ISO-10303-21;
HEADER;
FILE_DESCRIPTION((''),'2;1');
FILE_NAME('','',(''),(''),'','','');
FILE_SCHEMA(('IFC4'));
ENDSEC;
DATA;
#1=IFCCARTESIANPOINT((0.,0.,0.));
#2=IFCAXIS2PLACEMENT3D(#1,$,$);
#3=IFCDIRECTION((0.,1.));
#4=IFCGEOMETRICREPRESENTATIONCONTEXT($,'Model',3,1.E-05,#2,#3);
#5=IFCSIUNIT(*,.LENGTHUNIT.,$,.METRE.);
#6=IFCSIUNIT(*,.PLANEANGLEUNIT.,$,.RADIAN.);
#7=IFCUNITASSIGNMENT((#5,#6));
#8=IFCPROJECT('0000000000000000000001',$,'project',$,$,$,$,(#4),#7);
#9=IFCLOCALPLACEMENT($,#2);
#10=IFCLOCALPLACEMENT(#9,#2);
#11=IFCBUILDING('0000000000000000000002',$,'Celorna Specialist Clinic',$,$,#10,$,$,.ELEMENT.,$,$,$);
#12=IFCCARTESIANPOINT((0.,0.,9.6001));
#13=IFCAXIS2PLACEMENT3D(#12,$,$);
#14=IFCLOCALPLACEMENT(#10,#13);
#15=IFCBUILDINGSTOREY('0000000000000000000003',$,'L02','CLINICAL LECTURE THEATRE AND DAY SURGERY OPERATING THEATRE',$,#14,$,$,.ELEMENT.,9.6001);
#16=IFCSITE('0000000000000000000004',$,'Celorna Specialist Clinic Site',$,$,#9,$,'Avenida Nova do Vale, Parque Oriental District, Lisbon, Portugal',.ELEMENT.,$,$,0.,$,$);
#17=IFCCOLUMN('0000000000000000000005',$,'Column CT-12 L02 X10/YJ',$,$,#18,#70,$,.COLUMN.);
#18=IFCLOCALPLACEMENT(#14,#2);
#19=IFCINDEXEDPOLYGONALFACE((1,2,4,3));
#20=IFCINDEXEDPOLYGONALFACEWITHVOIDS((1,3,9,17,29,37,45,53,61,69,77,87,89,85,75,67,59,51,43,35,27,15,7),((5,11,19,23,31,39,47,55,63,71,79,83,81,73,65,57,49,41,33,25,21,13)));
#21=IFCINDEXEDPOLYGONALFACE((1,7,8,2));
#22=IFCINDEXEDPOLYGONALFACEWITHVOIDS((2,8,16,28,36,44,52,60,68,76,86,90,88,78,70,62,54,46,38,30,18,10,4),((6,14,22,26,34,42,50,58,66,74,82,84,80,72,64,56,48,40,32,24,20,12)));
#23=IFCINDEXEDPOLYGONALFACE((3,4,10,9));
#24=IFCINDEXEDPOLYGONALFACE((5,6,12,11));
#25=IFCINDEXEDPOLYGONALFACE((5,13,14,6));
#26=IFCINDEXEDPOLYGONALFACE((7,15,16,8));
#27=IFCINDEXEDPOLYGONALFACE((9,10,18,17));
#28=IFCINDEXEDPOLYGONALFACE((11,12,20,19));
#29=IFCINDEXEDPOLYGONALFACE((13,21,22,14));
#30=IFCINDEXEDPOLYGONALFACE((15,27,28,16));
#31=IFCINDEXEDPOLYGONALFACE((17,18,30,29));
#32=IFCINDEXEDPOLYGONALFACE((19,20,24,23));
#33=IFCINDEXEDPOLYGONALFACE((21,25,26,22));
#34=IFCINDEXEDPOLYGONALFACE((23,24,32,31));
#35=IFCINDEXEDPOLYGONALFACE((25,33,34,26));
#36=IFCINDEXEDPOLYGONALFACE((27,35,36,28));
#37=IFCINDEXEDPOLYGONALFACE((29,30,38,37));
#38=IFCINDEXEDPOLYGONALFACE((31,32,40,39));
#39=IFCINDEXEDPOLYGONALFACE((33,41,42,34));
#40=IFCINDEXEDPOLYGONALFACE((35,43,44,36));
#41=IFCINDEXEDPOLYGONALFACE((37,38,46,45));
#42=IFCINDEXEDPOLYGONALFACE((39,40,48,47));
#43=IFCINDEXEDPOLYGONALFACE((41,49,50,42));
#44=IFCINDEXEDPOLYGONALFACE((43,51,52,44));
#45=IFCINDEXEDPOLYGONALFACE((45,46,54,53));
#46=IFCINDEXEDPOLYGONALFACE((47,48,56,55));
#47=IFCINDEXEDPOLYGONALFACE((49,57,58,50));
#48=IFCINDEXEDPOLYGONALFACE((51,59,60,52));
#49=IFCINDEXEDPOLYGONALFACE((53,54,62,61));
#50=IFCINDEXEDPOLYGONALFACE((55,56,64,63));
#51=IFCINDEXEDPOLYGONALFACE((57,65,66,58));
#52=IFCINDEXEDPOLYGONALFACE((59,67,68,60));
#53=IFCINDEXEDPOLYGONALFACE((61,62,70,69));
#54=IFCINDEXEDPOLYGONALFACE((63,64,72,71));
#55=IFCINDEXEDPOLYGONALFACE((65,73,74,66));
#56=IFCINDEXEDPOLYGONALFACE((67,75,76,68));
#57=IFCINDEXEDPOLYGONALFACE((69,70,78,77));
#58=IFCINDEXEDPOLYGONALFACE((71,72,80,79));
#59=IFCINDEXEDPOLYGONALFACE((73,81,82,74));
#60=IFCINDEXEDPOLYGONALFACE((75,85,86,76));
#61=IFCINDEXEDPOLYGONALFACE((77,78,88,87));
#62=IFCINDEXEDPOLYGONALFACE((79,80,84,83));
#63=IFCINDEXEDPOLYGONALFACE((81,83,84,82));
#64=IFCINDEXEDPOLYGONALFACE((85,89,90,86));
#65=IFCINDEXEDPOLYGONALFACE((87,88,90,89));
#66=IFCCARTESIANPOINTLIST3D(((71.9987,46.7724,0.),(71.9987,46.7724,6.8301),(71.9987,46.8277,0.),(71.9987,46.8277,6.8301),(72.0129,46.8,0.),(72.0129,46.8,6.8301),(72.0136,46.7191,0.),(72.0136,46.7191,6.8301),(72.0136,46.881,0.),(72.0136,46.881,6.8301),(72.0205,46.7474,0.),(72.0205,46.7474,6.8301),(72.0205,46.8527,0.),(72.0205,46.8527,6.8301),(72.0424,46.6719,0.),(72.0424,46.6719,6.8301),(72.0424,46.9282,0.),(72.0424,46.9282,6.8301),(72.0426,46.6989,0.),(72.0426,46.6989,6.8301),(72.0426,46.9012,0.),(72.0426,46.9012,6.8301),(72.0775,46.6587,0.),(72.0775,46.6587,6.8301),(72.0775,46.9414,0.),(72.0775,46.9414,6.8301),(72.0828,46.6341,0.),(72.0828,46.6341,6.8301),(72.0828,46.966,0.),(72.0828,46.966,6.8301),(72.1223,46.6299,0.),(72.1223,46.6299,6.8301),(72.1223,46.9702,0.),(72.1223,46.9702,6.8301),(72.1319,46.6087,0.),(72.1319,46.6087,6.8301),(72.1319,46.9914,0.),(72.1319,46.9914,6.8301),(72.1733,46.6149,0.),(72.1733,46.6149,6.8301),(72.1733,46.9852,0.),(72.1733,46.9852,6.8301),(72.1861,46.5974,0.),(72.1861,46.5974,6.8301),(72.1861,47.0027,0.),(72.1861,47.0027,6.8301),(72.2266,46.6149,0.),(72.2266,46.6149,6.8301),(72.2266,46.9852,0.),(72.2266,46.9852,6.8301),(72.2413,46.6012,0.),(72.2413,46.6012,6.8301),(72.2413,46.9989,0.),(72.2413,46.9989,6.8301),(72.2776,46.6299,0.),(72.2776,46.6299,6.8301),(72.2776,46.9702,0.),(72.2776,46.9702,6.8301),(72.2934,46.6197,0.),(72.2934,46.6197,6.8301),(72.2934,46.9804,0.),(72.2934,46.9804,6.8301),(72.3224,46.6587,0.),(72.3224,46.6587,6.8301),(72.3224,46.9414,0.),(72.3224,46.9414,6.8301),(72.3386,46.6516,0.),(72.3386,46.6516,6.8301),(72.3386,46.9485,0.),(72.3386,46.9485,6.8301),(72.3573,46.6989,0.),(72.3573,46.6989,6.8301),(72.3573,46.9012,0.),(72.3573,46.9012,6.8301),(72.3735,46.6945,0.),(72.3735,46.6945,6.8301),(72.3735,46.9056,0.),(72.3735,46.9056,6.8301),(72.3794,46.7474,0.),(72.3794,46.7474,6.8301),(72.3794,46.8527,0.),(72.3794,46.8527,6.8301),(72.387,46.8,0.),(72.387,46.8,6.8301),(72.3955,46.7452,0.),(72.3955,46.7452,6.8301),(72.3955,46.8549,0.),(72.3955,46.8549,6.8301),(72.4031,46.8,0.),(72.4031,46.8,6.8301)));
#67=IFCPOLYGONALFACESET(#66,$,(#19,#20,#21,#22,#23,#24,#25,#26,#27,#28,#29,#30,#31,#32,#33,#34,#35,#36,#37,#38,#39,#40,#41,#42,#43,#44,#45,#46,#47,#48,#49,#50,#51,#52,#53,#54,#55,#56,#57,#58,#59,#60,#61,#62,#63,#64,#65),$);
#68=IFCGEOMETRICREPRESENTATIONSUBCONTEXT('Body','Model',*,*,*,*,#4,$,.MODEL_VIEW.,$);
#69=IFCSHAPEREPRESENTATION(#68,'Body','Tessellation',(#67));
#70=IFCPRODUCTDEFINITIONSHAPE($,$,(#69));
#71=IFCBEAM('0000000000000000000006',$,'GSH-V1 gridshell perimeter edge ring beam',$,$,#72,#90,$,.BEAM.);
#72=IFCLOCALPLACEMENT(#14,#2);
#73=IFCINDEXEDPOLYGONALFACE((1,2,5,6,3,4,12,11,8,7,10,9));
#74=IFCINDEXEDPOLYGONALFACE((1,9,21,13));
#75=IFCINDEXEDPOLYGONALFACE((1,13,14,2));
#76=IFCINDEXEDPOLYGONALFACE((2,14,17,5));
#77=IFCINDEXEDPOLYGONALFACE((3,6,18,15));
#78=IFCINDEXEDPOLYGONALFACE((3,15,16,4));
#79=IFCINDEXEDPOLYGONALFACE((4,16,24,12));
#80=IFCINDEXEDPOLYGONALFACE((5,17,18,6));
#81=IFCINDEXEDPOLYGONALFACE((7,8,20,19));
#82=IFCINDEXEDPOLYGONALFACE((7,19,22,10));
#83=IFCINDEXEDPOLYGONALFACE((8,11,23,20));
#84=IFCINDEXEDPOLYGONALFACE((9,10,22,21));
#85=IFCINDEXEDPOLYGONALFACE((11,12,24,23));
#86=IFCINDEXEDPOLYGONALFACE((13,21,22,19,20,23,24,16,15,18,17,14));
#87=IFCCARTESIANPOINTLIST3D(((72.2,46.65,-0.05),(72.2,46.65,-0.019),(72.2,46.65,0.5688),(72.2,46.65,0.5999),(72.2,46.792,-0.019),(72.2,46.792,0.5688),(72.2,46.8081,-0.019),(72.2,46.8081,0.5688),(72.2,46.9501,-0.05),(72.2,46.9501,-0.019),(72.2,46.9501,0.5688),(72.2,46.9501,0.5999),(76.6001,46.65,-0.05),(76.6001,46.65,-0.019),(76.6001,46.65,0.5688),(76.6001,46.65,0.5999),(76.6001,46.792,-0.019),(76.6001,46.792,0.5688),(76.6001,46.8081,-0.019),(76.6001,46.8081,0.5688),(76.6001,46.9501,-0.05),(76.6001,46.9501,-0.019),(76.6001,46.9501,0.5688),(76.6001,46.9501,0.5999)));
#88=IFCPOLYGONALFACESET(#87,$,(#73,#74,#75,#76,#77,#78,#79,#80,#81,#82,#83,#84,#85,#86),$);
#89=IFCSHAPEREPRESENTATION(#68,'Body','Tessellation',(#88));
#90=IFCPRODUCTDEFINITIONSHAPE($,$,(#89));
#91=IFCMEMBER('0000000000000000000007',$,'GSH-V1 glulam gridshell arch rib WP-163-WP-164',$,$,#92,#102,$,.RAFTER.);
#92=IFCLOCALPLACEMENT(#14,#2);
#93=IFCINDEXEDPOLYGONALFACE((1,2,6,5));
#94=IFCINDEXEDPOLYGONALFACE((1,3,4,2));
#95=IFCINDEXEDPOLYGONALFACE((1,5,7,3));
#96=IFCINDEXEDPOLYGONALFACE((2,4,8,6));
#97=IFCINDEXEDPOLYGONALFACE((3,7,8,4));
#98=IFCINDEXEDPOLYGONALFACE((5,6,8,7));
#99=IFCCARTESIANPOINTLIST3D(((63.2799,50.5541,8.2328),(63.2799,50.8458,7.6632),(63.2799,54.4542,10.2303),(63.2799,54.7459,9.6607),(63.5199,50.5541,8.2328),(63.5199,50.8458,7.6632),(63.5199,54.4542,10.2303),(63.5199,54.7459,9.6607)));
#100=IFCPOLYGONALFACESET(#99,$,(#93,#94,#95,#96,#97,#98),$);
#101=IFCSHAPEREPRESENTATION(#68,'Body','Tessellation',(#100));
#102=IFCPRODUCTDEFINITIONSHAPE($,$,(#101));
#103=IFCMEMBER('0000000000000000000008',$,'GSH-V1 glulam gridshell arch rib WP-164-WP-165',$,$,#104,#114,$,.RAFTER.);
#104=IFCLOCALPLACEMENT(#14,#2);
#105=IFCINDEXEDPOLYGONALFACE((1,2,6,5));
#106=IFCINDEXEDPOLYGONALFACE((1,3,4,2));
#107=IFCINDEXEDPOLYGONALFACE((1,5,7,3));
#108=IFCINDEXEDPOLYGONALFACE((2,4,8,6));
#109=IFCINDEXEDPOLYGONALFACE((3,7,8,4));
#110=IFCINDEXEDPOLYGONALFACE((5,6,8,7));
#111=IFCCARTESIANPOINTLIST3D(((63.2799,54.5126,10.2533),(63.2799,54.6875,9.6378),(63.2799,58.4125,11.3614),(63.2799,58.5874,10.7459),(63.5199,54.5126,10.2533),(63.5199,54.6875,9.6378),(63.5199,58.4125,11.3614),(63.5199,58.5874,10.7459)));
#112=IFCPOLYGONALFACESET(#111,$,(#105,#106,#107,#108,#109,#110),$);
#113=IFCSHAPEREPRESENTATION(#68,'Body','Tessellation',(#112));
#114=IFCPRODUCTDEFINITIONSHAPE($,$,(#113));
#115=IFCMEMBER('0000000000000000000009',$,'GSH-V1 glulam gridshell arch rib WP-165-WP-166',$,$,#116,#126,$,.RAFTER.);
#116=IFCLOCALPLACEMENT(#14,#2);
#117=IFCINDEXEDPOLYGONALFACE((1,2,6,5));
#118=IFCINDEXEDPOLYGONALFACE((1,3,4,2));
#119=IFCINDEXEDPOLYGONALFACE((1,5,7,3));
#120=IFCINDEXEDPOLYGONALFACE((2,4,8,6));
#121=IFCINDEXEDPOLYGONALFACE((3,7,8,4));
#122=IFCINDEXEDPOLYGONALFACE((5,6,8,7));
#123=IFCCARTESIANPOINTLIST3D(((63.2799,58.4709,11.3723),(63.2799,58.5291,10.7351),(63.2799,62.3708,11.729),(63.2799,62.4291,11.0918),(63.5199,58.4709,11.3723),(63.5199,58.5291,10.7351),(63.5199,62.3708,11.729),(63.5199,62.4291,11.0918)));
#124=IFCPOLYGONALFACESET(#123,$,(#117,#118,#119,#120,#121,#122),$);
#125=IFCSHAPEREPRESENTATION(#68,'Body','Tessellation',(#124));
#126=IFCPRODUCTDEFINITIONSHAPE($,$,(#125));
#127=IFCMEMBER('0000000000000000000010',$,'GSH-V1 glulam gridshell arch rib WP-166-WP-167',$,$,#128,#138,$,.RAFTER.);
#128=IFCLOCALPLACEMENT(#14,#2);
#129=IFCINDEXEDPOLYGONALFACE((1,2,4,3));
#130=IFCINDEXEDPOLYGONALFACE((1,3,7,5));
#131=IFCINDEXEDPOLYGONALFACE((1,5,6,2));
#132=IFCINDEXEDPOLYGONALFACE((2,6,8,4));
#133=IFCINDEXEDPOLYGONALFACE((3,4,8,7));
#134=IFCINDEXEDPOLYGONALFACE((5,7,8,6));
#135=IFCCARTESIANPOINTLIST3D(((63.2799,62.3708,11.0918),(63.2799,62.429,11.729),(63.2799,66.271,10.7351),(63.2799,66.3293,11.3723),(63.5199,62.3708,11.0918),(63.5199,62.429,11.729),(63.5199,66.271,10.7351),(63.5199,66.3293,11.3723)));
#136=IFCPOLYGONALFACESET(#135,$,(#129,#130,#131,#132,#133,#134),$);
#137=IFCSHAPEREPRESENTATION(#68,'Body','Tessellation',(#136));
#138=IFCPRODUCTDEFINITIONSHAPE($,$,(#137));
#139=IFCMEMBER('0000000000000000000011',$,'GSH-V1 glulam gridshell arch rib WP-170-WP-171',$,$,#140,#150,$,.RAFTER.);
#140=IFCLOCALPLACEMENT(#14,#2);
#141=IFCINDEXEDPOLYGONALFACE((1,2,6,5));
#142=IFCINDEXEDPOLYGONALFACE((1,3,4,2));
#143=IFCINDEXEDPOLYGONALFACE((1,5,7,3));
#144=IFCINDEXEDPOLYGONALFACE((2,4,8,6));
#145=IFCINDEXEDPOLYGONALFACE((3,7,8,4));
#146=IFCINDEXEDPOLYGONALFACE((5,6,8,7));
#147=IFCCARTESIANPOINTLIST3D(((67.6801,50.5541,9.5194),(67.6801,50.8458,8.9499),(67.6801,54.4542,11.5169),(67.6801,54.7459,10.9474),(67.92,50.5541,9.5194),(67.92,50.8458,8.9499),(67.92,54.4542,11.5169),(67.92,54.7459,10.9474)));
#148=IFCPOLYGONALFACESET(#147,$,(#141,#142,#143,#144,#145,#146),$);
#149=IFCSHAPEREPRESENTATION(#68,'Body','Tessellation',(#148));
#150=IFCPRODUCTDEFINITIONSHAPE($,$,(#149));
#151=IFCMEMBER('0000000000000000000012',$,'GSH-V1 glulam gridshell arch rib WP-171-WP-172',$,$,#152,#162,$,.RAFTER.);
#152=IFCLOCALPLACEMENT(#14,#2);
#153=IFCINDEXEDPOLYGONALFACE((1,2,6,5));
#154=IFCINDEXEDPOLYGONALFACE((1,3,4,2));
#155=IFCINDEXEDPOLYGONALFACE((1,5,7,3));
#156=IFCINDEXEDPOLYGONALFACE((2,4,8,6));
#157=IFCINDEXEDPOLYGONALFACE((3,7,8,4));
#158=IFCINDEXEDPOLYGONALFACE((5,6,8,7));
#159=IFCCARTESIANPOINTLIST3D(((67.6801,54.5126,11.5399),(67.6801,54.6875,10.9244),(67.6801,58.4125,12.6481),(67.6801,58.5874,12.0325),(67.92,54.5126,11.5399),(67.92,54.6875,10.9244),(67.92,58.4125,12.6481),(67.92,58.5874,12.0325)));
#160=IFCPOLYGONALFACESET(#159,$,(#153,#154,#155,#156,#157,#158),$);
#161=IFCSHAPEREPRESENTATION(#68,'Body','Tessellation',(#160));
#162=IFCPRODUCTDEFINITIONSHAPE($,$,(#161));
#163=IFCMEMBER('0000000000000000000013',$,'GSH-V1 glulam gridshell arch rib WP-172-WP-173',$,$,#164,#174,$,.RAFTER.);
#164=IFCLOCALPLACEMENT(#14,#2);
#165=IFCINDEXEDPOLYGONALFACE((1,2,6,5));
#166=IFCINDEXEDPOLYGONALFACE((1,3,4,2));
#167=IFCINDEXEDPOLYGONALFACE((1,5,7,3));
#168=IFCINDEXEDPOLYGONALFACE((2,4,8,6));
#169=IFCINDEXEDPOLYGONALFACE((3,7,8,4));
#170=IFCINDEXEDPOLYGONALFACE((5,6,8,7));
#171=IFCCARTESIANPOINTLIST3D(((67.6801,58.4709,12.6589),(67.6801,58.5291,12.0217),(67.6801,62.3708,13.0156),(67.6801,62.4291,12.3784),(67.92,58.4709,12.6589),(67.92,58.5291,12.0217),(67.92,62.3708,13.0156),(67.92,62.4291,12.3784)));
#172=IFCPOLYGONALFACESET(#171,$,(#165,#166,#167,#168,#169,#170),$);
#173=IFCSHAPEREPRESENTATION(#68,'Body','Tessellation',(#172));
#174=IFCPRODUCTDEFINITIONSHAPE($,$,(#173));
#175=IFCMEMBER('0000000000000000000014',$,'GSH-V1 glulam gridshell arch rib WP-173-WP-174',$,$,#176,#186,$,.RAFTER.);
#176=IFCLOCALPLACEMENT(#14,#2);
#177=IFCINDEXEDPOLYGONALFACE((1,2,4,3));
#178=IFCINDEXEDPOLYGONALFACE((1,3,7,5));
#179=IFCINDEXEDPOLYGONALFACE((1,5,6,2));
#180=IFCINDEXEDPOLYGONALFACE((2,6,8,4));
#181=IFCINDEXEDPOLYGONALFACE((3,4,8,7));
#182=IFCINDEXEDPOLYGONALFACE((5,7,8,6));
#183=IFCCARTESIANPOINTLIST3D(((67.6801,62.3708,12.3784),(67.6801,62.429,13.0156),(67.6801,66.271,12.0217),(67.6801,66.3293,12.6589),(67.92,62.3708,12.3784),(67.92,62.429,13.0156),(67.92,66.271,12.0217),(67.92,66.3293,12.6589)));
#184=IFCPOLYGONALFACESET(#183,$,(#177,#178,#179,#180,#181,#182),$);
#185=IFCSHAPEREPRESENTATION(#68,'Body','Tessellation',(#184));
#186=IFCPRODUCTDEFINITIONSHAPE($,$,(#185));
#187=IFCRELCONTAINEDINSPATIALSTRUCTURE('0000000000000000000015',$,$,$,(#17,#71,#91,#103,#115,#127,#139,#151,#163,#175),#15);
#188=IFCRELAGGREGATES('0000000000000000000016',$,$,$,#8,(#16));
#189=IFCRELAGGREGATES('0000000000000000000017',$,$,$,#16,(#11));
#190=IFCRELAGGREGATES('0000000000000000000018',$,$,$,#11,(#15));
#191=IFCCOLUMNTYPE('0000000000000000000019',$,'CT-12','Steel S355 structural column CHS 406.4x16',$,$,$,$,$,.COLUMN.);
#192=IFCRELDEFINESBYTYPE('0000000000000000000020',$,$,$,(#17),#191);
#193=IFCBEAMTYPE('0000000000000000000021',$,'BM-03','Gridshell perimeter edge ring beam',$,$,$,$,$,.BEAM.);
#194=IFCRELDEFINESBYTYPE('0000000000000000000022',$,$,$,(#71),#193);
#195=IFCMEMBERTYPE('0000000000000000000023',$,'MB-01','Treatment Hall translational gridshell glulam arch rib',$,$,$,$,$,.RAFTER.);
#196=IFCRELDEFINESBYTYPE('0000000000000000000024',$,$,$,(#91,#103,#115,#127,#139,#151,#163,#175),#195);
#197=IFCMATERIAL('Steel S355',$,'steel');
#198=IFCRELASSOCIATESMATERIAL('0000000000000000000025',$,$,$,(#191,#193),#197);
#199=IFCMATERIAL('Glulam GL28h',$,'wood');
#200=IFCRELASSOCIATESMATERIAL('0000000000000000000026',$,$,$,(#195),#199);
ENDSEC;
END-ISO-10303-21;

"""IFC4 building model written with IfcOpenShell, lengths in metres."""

from ifc_helpers import new_model, si_unit, direction, frame, origin, origin_2d, place, context, subcontext, project, spatial, rectangle, hollow_circle, i_section, extrude, material, material_profile, profile_set, type_object, element, save


model = new_model("IFC4")

# Units and contexts
model_context = context("Model", 3, precision=1e-05, world=origin(), true_north=direction((0.0, 1.0)))
body_context = subcontext(model_context, "Body", "Model", "MODEL_VIEW")
ifc_project = project(units=[si_unit("LENGTHUNIT", "METRE"), si_unit("PLANEANGLEUNIT", "RADIAN")], contexts=[model_context])

# Site, building, storey
site_placement = place(None, origin())
site = spatial("IfcSite", under=ifc_project, at=site_placement, Name="Celorna Specialist Clinic Site", LongName="Avenida Nova do Vale, Parque Oriental District, Lisbon, Portugal", CompositionType="ELEMENT", RefElevation=0.0)
building_placement = place(site_placement, origin())
building = spatial("IfcBuilding", under=site, at=building_placement, Name="Celorna Specialist Clinic", CompositionType="ELEMENT")
storey_placement = place(building_placement, frame((0.0, 0.0, 9.6001)))
storey = spatial("IfcBuildingStorey", under=building, at=storey_placement, Name="L02", Description="CLINICAL LECTURE THEATRE AND DAY SURGERY OPERATING THEATRE", CompositionType="ELEMENT", Elevation=9.6001)

# Column
ifc_material_1 = material(Name="Steel S355", Category="steel")
ifc_material_profile_1 = material_profile(ifc_material_1, hollow_circle(Radius=0.2031, WallThickness=0.0161, at=origin_2d()), Name="CHS 406.4x16")
ifc_profile_set_1 = profile_set([ifc_material_profile_1], Name="Steel S355")
column_type = type_object("IfcColumnType", Name="CT-12", Description="Steel S355 structural column CHS 406.4x16", PredefinedType="COLUMN", material=ifc_profile_set_1)
column_placement = place(storey_placement, frame((72.2, 46.8, 0.0), z_axis=(0.0, 0.0, 1.0), x_axis=(1.0, 0.0, 0.0)))
element("IfcColumn", 1, at=column_placement, inside=storey, type_object=column_type, Name="Column CT-12 L02 X10/YJ", PredefinedType="COLUMN", context=body_context, shape_type="SweptSolid", body=[
    extrude(hollow_circle(Radius=0.2031, WallThickness=0.0161, at=origin_2d()), origin(), (0.0, 0.0, 1.0), 6.8301),
])

# Beam
ifc_material_profile_2 = material_profile(ifc_material_1, i_section(OverallWidth=0.3, OverallDepth=0.6499, WebThickness=0.0161, FlangeThickness=0.031, at=origin_2d()), Name="HE 650 B")
ifc_profile_set_2 = profile_set([ifc_material_profile_2], Name="Steel S355")
beam_type = type_object("IfcBeamType", Name="BM-03", Description="Gridshell perimeter edge ring beam", PredefinedType="BEAM", material=ifc_profile_set_2)
beam_placement = place(storey_placement, frame((72.2, 46.8, 0.2749), z_axis=(1.0, 0.0, 0.0), x_axis=(0.0, 1.0, 0.0)))
element("IfcBeam", 2, at=beam_placement, inside=storey, type_object=beam_type, Name="GSH-V1 gridshell perimeter edge ring beam", PredefinedType="BEAM", context=body_context, shape_type="SweptSolid", body=[
    extrude(i_section(OverallWidth=0.3, OverallDepth=0.6499, WebThickness=0.0161, FlangeThickness=0.031, at=origin_2d()), origin(), (0.0, 0.0, 1.0), 4.4001),
])

# Members
ifc_material_2 = material(Name="Glulam GL28h", Category="wood")
ifc_material_profile_3 = material_profile(ifc_material_2, rectangle(XDim=0.24, YDim=0.6399, at=origin_2d()), Name="GL28h 240x640")
ifc_profile_set_3 = profile_set([ifc_material_profile_3], Name="Glulam GL28h")
member_type_1 = type_object("IfcMemberType", Name="MB-01", Description="Treatment Hall translational gridshell glulam arch rib", PredefinedType="RAFTER", material=ifc_profile_set_3)
member_1_placement = place(storey_placement, frame((63.3999, 50.7, 7.948), z_axis=(0.0, 0.890051, 0.455862), x_axis=(-1.0, 0.0, 0.0)))
element("IfcMember", 3, at=member_1_placement, inside=storey, type_object=member_type_1, Name="GSH-V1 glulam gridshell arch rib WP-163-WP-164", PredefinedType="RAFTER", context=body_context, shape_type="SweptSolid", body=[
    extrude(rectangle(XDim=0.24, YDim=0.6399, at=origin_2d()), origin(), (0.0, 0.0, 1.0), 4.3818),
])
member_2_placement = place(storey_placement, frame((63.3999, 54.6001, 9.9456), z_axis=(0.0, 0.961921, 0.273329), x_axis=(-1.0, 0.0, 0.0)))
element("IfcMember", 4, at=member_2_placement, inside=storey, type_object=member_type_1, Name="GSH-V1 glulam gridshell arch rib WP-164-WP-165", PredefinedType="RAFTER", context=body_context, shape_type="SweptSolid", body=[
    extrude(rectangle(XDim=0.24, YDim=0.6399, at=origin_2d()), origin(), (0.0, 0.0, 1.0), 4.0542),
])
member_3_placement = place(storey_placement, frame((63.3999, 58.5, 11.0537), z_axis=(0.0, 0.995843, 0.091081), x_axis=(-1.0, 0.0, 0.0)))
element("IfcMember", 5, at=member_3_placement, inside=storey, type_object=member_type_1, Name="GSH-V1 glulam gridshell arch rib WP-165-WP-166", PredefinedType="RAFTER", context=body_context, shape_type="SweptSolid", body=[
    extrude(rectangle(XDim=0.24, YDim=0.6399, at=origin_2d()), origin(), (0.0, 0.0, 1.0), 3.9163),
])
member_4_placement = place(storey_placement, frame((63.3999, 62.3999, 11.4104), z_axis=(0.0, 0.995844, -0.091075), x_axis=(-1.0, 0.0, 0.0)))
element("IfcMember", 6, at=member_4_placement, inside=storey, type_object=member_type_1, Name="GSH-V1 glulam gridshell arch rib WP-166-WP-167", PredefinedType="RAFTER", context=body_context, shape_type="SweptSolid", body=[
    extrude(rectangle(XDim=0.24, YDim=0.6399, at=origin_2d()), origin(), (0.0, 0.0, 1.0), 3.9165),
])
member_5_placement = place(storey_placement, frame((67.8, 50.7, 9.2346), z_axis=(0.0, 0.890051, 0.455862), x_axis=(-1.0, 0.0, 0.0)))
element("IfcMember", 7, at=member_5_placement, inside=storey, type_object=member_type_1, Name="GSH-V1 glulam gridshell arch rib WP-170-WP-171", PredefinedType="RAFTER", context=body_context, shape_type="SweptSolid", body=[
    extrude(rectangle(XDim=0.24, YDim=0.6399, at=origin_2d()), origin(), (0.0, 0.0, 1.0), 4.3818),
])
member_6_placement = place(storey_placement, frame((67.8, 54.6001, 11.2322), z_axis=(0.0, 0.961921, 0.273329), x_axis=(-1.0, 0.0, 0.0)))
element("IfcMember", 8, at=member_6_placement, inside=storey, type_object=member_type_1, Name="GSH-V1 glulam gridshell arch rib WP-171-WP-172", PredefinedType="RAFTER", context=body_context, shape_type="SweptSolid", body=[
    extrude(rectangle(XDim=0.24, YDim=0.6399, at=origin_2d()), origin(), (0.0, 0.0, 1.0), 4.0542),
])
member_7_placement = place(storey_placement, frame((67.8, 58.5, 12.3403), z_axis=(0.0, 0.995843, 0.091081), x_axis=(-1.0, 0.0, 0.0)))
element("IfcMember", 9, at=member_7_placement, inside=storey, type_object=member_type_1, Name="GSH-V1 glulam gridshell arch rib WP-172-WP-173", PredefinedType="RAFTER", context=body_context, shape_type="SweptSolid", body=[
    extrude(rectangle(XDim=0.24, YDim=0.6399, at=origin_2d()), origin(), (0.0, 0.0, 1.0), 3.9163),
])
member_8_placement = place(storey_placement, frame((67.8, 62.3999, 12.697), z_axis=(0.0, 0.995844, -0.091075), x_axis=(-1.0, 0.0, 0.0)))
element("IfcMember", 10, at=member_8_placement, inside=storey, type_object=member_type_1, Name="GSH-V1 glulam gridshell arch rib WP-173-WP-174", PredefinedType="RAFTER", context=body_context, shape_type="SweptSolid", body=[
    extrude(rectangle(XDim=0.24, YDim=0.6399, at=origin_2d()), origin(), (0.0, 0.0, 1.0), 3.9165),
])

save(model, "model.ifc")
